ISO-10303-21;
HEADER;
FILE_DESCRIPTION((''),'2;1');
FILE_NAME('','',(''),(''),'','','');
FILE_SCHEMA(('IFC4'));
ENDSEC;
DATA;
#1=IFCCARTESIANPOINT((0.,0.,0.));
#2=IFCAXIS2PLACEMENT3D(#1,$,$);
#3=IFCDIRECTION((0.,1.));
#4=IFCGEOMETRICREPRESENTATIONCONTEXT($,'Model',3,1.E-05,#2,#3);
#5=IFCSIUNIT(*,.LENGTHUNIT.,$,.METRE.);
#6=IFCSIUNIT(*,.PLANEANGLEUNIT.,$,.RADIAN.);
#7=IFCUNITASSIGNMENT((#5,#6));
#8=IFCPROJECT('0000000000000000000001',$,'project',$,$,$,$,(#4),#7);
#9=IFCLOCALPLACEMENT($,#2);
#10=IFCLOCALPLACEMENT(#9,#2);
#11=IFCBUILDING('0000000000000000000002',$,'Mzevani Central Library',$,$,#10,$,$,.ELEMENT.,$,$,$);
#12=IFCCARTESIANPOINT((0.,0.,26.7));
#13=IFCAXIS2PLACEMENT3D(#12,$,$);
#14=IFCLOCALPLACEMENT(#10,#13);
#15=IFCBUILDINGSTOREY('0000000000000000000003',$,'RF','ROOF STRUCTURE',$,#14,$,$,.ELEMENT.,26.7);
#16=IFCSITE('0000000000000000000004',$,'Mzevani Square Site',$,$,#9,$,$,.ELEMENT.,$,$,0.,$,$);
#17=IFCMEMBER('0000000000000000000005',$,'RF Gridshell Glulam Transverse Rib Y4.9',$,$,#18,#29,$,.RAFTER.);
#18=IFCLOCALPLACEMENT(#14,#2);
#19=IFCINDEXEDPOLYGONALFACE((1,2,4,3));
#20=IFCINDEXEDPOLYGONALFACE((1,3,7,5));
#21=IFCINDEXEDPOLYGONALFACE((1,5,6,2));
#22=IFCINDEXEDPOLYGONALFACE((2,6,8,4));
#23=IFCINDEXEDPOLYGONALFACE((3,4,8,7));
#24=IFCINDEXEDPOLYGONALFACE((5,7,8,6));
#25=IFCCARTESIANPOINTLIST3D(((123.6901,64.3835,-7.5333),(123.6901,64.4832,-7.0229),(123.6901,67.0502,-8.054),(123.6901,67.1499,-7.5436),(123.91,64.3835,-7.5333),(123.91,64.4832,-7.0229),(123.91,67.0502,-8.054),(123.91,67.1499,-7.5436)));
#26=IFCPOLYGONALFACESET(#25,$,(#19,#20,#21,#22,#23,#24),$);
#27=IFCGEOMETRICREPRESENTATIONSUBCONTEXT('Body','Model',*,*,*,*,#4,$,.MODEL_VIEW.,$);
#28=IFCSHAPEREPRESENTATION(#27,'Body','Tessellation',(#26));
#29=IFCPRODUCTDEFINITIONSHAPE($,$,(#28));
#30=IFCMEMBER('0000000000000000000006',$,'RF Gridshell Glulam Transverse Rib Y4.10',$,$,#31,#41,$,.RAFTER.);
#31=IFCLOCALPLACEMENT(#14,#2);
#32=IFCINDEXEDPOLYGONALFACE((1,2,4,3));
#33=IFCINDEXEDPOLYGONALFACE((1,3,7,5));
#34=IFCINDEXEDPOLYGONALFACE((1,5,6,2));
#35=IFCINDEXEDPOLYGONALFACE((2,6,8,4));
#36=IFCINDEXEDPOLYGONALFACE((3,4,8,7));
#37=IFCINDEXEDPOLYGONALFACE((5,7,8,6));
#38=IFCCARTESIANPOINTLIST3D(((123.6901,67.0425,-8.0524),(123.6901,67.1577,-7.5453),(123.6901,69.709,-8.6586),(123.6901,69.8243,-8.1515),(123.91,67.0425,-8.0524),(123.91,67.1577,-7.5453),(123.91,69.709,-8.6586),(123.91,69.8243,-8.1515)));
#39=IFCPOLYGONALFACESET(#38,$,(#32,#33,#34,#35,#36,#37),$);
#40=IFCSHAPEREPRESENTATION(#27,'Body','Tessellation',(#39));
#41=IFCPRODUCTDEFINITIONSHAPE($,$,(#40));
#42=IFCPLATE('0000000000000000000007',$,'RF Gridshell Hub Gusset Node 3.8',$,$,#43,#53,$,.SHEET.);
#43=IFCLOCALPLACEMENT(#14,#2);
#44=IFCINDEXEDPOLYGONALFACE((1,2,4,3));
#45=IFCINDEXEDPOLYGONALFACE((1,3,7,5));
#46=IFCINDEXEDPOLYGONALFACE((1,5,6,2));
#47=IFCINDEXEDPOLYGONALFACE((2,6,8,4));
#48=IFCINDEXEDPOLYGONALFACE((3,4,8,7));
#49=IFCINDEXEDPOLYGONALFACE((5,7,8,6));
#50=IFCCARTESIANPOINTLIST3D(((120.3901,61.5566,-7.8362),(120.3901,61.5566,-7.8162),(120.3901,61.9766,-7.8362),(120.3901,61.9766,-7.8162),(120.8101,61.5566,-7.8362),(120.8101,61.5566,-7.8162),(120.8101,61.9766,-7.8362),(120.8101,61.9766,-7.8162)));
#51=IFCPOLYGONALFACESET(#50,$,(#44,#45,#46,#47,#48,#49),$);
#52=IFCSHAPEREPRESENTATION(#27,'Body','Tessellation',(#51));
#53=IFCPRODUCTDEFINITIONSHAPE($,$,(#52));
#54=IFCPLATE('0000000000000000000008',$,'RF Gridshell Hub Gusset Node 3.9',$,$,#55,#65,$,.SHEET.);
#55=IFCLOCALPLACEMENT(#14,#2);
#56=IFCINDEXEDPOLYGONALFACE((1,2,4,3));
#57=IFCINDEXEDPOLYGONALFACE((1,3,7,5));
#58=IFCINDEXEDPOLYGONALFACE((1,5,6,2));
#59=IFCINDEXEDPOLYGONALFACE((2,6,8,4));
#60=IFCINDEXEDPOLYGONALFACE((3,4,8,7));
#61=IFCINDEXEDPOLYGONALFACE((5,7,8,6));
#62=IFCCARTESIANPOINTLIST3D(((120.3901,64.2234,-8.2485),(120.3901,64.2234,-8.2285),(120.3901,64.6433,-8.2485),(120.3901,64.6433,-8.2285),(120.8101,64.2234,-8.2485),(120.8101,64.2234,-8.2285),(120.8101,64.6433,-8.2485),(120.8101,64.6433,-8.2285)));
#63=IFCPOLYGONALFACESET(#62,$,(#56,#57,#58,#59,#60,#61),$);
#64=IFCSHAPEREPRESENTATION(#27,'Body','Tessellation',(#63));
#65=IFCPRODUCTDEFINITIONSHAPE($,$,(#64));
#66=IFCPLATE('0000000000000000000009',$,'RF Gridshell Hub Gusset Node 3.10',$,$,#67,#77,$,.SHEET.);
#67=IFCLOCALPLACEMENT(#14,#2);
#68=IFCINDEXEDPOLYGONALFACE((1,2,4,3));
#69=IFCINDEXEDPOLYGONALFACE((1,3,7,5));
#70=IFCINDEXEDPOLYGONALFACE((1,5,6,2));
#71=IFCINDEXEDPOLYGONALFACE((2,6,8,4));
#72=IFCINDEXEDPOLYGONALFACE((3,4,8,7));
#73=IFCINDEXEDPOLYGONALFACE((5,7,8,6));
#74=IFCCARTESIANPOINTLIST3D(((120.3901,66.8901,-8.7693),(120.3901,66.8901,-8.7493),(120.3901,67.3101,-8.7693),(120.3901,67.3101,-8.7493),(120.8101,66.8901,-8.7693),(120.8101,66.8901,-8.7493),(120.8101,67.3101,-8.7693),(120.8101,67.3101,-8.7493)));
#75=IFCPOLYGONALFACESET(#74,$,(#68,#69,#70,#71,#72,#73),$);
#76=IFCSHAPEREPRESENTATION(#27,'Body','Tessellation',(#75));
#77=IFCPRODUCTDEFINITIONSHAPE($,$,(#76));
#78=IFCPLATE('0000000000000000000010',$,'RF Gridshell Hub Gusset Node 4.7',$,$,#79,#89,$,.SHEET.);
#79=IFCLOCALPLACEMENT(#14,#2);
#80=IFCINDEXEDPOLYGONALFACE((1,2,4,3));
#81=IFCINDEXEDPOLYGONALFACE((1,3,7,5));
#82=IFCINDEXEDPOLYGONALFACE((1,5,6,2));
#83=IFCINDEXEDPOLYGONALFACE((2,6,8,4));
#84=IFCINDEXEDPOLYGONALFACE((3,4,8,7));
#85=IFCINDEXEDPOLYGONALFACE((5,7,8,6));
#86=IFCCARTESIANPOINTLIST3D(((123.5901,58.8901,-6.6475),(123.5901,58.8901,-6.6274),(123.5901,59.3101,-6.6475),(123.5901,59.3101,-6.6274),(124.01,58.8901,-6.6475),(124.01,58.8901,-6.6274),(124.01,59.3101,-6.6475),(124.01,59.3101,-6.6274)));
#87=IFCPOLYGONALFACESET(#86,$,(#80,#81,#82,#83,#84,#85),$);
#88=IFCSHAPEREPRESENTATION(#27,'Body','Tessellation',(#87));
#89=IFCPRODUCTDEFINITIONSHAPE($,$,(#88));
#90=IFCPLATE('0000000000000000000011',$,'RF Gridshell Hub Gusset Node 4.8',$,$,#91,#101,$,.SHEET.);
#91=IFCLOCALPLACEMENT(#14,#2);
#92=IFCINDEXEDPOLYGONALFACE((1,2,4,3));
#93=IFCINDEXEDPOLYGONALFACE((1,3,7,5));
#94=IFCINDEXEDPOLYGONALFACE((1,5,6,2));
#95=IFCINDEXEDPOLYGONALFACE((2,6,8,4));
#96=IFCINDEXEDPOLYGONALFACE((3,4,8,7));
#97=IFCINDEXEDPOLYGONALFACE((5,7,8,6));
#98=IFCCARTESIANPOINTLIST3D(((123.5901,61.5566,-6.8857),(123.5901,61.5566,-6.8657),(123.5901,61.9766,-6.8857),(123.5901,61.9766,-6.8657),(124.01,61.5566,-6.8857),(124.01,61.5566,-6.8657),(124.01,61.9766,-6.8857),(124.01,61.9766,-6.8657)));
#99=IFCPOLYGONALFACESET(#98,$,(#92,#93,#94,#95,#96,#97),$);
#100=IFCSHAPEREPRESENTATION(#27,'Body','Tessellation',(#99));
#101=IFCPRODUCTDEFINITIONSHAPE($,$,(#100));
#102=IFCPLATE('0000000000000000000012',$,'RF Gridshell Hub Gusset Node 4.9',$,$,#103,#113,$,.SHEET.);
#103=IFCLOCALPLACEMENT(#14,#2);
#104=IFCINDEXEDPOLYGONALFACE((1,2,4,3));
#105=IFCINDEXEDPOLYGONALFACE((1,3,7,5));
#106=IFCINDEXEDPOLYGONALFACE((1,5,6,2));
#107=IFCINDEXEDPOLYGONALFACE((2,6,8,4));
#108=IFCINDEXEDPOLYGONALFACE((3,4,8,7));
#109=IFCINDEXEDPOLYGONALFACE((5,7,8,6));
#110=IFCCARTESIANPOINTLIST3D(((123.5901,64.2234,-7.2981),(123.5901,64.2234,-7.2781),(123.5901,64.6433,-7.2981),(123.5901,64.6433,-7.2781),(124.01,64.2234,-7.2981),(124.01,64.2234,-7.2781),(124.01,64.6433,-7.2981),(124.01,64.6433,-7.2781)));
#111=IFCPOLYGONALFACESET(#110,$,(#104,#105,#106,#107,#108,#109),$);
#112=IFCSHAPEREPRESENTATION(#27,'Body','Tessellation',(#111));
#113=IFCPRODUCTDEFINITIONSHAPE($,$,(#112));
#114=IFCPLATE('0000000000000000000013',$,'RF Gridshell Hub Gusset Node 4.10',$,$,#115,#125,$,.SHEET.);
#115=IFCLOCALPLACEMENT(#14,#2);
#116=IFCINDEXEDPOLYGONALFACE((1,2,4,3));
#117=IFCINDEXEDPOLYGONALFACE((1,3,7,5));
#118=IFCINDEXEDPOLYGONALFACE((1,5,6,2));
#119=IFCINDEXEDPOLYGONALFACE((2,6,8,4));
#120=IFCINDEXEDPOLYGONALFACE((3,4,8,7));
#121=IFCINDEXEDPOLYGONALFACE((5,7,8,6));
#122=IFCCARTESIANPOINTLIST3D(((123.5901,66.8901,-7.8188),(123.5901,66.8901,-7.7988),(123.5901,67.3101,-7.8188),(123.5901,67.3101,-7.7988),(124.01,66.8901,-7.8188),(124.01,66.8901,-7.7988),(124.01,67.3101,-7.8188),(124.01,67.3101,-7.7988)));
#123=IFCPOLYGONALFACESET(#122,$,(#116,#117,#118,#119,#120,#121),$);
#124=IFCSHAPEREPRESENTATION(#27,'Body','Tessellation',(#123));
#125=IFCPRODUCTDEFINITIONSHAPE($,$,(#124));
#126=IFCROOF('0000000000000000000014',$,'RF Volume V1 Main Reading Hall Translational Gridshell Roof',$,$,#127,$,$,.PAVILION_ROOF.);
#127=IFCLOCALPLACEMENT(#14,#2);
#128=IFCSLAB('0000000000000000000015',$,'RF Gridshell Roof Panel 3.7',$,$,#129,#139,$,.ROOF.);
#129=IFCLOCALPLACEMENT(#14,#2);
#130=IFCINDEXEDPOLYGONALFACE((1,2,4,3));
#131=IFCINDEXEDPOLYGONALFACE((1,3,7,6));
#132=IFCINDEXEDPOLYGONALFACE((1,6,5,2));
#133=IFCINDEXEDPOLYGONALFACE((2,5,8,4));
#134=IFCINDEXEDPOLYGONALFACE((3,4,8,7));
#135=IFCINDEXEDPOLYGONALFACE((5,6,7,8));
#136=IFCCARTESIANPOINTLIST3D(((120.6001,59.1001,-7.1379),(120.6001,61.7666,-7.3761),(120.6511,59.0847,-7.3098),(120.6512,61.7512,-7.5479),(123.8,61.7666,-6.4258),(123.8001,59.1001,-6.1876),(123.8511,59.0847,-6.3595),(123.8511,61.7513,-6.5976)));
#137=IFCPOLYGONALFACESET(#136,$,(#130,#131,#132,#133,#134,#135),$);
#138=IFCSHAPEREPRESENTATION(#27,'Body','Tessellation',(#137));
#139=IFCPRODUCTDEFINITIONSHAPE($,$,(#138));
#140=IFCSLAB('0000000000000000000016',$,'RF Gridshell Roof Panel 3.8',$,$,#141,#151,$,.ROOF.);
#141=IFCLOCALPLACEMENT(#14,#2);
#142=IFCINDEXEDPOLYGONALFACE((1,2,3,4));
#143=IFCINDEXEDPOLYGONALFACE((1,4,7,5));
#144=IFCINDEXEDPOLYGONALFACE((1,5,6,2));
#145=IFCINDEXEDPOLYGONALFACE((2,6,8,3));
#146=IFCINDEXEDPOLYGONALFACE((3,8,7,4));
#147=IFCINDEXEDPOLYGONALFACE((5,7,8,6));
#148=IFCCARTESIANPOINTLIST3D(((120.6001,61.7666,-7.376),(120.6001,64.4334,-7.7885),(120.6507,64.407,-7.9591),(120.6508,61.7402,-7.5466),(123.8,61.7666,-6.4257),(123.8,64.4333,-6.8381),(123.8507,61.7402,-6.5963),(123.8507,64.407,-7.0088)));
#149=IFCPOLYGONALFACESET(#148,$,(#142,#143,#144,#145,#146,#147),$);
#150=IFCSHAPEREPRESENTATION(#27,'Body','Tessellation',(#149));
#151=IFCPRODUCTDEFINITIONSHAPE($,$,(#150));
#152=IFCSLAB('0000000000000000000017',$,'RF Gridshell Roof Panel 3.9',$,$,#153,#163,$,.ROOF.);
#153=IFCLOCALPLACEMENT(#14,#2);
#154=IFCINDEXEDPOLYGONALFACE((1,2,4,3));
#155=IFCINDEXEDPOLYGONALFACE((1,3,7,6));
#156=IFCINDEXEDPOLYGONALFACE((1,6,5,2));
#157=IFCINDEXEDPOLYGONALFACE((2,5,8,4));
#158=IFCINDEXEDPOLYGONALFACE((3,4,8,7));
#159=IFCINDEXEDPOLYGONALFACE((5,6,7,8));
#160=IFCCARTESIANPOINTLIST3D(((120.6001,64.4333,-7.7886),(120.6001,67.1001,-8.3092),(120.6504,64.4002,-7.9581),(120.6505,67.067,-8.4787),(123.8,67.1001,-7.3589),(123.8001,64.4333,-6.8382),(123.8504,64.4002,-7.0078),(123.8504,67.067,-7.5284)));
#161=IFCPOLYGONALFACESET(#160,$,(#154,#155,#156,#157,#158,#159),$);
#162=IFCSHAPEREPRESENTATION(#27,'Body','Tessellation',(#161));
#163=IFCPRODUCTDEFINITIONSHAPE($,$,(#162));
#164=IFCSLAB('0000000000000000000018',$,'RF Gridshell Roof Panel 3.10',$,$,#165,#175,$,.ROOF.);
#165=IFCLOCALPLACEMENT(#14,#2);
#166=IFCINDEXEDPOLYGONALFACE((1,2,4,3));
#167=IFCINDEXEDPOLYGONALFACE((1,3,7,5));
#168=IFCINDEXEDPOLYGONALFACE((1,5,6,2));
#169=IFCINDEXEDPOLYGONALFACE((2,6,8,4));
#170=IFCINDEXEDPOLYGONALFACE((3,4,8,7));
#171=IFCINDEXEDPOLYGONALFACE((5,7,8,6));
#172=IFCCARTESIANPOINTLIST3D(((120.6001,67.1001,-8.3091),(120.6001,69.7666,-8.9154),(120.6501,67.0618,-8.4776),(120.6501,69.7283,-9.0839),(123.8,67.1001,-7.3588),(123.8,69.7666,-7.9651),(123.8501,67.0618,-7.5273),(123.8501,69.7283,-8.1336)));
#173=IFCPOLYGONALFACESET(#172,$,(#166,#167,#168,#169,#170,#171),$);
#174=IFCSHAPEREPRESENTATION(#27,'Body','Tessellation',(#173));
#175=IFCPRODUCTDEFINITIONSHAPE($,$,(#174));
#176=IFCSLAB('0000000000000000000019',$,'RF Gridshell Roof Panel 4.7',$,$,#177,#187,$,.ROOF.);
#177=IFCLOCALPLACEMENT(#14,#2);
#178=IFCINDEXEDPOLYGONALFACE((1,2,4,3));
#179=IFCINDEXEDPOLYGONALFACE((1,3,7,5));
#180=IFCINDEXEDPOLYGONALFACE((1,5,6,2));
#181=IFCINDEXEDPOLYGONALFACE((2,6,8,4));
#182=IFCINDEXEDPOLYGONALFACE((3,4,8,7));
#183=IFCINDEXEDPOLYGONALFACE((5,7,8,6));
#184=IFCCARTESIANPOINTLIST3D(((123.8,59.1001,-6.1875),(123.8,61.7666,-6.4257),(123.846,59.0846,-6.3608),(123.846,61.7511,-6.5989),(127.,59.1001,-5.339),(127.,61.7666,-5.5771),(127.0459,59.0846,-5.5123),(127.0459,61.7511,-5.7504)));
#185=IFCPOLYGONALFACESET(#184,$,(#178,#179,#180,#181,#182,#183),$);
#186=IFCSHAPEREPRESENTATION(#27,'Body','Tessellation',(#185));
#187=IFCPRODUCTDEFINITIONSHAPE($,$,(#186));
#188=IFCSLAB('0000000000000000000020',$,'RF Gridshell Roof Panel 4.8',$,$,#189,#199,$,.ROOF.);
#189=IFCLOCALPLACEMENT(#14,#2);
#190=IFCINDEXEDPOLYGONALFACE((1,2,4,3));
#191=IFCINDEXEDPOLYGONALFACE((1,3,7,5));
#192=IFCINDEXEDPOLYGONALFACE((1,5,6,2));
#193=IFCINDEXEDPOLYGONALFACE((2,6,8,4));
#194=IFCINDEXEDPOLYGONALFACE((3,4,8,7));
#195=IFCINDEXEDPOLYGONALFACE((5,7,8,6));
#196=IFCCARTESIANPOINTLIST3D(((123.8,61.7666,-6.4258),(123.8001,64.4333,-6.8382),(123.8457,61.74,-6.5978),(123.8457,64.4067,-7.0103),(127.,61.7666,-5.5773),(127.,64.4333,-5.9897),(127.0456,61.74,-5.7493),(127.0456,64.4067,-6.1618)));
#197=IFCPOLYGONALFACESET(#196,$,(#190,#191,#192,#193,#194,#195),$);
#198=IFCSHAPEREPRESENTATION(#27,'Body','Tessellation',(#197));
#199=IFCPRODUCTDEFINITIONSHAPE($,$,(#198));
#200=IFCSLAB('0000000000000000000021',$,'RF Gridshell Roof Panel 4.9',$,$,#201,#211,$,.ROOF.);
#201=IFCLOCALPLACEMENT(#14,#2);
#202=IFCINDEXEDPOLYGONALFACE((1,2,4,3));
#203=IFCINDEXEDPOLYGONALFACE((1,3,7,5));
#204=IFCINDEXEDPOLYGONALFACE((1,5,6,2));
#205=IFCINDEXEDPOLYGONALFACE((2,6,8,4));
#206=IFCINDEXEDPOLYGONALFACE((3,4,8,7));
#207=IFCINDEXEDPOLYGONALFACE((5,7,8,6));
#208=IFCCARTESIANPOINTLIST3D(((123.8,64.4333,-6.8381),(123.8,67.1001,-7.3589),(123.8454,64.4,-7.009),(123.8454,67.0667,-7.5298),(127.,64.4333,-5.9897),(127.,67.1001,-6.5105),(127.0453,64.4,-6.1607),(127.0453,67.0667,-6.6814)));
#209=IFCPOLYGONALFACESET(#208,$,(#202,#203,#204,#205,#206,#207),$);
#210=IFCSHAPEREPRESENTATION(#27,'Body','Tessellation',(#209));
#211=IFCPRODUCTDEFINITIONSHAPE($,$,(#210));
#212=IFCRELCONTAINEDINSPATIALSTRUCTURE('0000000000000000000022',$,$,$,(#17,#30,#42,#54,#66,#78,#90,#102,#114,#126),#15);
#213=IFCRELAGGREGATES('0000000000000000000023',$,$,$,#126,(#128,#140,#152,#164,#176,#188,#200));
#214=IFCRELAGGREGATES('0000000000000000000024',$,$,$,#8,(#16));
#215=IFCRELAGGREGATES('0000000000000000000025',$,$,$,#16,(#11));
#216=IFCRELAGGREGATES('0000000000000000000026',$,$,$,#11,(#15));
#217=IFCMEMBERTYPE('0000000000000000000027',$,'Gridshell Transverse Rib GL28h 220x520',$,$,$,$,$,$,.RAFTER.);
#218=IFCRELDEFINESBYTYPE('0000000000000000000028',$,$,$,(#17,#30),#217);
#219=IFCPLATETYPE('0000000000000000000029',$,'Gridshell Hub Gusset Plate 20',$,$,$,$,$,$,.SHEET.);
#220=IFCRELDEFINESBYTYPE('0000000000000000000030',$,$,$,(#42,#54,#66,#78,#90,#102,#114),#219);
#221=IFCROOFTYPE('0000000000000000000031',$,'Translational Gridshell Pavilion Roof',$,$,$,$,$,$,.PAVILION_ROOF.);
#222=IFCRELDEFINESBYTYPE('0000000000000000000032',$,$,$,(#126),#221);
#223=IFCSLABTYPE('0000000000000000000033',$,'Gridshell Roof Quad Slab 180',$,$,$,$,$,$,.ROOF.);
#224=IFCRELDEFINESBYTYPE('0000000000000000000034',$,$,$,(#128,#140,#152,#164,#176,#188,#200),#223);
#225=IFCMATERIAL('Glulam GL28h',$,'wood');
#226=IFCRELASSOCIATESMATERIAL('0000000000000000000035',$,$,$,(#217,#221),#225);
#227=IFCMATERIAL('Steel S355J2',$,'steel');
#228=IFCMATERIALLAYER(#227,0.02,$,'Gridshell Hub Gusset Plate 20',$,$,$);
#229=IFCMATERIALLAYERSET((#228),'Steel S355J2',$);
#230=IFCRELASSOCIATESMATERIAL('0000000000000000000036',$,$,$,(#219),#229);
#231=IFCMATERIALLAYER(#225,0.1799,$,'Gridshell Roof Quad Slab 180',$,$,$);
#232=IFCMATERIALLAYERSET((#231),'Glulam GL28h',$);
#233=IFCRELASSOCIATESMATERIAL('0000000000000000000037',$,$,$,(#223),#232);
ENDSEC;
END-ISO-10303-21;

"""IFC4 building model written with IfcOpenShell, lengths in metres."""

from ifc_helpers import new_model, si_unit, direction, frame, origin, origin_2d, place, context, subcontext, project, spatial, polyline, rectangle, outline, extrude, material, layer, layer_set, material_profile, profile_set, type_object, element, aggregate, save


model = new_model("IFC4")

# Units and contexts
model_context = context("Model", 3, precision=1e-05, world=origin(), true_north=direction((0.0, 1.0)))
body_context = subcontext(model_context, "Body", "Model", "MODEL_VIEW")
ifc_project = project(units=[si_unit("LENGTHUNIT", "METRE"), si_unit("PLANEANGLEUNIT", "RADIAN")], contexts=[model_context])

# Site, building, storey
site_placement = place(None, origin())
site = spatial("IfcSite", under=ifc_project, at=site_placement, Name="Mzevani Square Site", CompositionType="ELEMENT", RefElevation=0.0)
building_placement = place(site_placement, origin())
building = spatial("IfcBuilding", under=site, at=building_placement, Name="Mzevani Central Library", CompositionType="ELEMENT")
storey_placement = place(building_placement, frame((0.0, 0.0, 26.7)))
storey = spatial("IfcBuildingStorey", under=building, at=storey_placement, Name="RF", Description="ROOF STRUCTURE", CompositionType="ELEMENT", Elevation=26.7)

# Members
ifc_material_1 = material(Name="Steel S355J2", Category="steel")
ifc_material_2 = material(Name="Glulam GL28h", Category="wood")
ifc_material_profile_1 = material_profile(ifc_material_2, rectangle(XDim=0.22, YDim=0.52, at=origin_2d()), Name="GL28h 220x520")
ifc_profile_set_1 = profile_set([ifc_material_profile_1], Name="Glulam GL28h")
member_type_1 = type_object("IfcMemberType", Name="Gridshell Transverse Rib GL28h 220x520", PredefinedType="RAFTER", material=ifc_profile_set_1)
member_1_placement = place(storey_placement, frame((123.8, 64.4333, -7.2781), z_axis=(0.0, 0.981462, -0.191656), x_axis=(-1.0, 0.0, 0.0)))
element("IfcMember", 1, at=member_1_placement, inside=storey, type_object=member_type_1, Name="RF Gridshell Glulam Transverse Rib Y4.9", PredefinedType="RAFTER", context=body_context, shape_type="SweptSolid", body=[
    extrude(rectangle(XDim=0.22, YDim=0.52, at=origin_2d()), origin(), (0.0, 0.0, 1.0), 2.717),
])
member_2_placement = place(storey_placement, frame((123.8, 67.1001, -7.7988), z_axis=(0.0, 0.975119, -0.221683), x_axis=(-1.0, 0.0, 0.0)))
element("IfcMember", 2, at=member_2_placement, inside=storey, type_object=member_type_1, Name="RF Gridshell Glulam Transverse Rib Y4.10", PredefinedType="RAFTER", context=body_context, shape_type="SweptSolid", body=[
    extrude(rectangle(XDim=0.22, YDim=0.52, at=origin_2d()), origin(), (0.0, 0.0, 1.0), 2.7346),
])

# Plates
ifc_layer_1 = layer(ifc_material_1, 0.02, Name="Gridshell Hub Gusset Plate 20")
ifc_layer_set_1 = layer_set([ifc_layer_1], Name="Steel S355J2")
plate_type = type_object("IfcPlateType", Name="Gridshell Hub Gusset Plate 20", PredefinedType="SHEET", material=ifc_layer_set_1)
for number, where, z_axis, x_axis, name in (
    (3, (120.6001, 61.7666, -7.8362), (0.0, 0.0, 1.0), (1.0, 0.0, 0.0), "RF Gridshell Hub Gusset Node 3.8"),
    (4, (120.6001, 64.4333, -8.2485), (0.0, 0.0, 1.0), (1.0, 0.0, 0.0), "RF Gridshell Hub Gusset Node 3.9"),
    (5, (120.6001, 67.1001, -8.7693), (0.0, 0.0, 1.0), (1.0, 0.0, 0.0), "RF Gridshell Hub Gusset Node 3.10"),
    (6, (123.8, 59.1001, -6.6475), (0.0, 0.0, 1.0), (1.0, 0.0, 0.0), "RF Gridshell Hub Gusset Node 4.7"),
    (7, (123.8, 61.7666, -6.8857), (0.0, 0.0, 1.0), (1.0, 0.0, 0.0), "RF Gridshell Hub Gusset Node 4.8"),
    (8, (123.8, 64.4333, -7.2981), (0.0, 0.0, 1.0), (1.0, 0.0, 0.0), "RF Gridshell Hub Gusset Node 4.9"),
    (9, (123.8, 67.1001, -7.8188), (0.0, 0.0, 1.0), (1.0, 0.0, 0.0), "RF Gridshell Hub Gusset Node 4.10"),
):
    element("IfcPlate", number, at=place(storey_placement, frame(where, z_axis=z_axis, x_axis=x_axis)), inside=storey, type_object=plate_type, Name=name, PredefinedType="SHEET", context=body_context, shape_type="SweptSolid", body=[
        extrude(rectangle(XDim=0.4199, YDim=0.4199, at=origin_2d()), origin(), (0.0, 0.0, 1.0), 0.02),
    ])

# Roof, slabs
roof_type = type_object("IfcRoofType", Name="Translational Gridshell Pavilion Roof", PredefinedType="PAVILION_ROOF", material=ifc_material_2)
roof_placement = place(storey_placement, origin())
roof = element("IfcRoof", 10, at=roof_placement, inside=storey, type_object=roof_type, Name="RF Volume V1 Main Reading Hall Translational Gridshell Roof", PredefinedType="PAVILION_ROOF")
ifc_layer_2 = layer(ifc_material_2, 0.1799, Name="Gridshell Roof Quad Slab 180")
ifc_layer_set_2 = layer_set([ifc_layer_2], Name="Glulam GL28h")
slab_type = type_object("IfcSlabType", Name="Gridshell Roof Quad Slab 180", PredefinedType="ROOF", material=ifc_layer_set_2)
slab_1_placement = place(storey_placement, frame((120.6001, 59.1001, -7.1379), z_axis=(-0.283652, 0.085307, 0.955125), x_axis=(0.95862, -0.000003, 0.28469)))
slab_1 = element("IfcSlab", 11, at=slab_1_placement, type_object=slab_type, Name="RF Gridshell Roof Panel 3.7", PredefinedType="ROOF", context=body_context, shape_type="SweptSolid", body=[
    extrude(outline(polyline([(0.0, 0.0), (3.3381, 0.0), (3.2703, 2.6763), (-0.0678, 2.6762), (0.0, 0.0)])), origin(), (0.0, 0.0, -1.0), 0.1799),
])
slab_2_placement = place(storey_placement, frame((120.6001, 61.7666, -7.376), z_axis=(-0.281611, 0.14667, 0.948253), x_axis=(0.95862, 0.000005, 0.284689)))
slab_2 = element("IfcSlab", 12, at=slab_2_placement, type_object=slab_type, Name="RF Gridshell Roof Panel 3.8", PredefinedType="ROOF", context=body_context, shape_type="SweptSolid", body=[
    extrude(outline(polyline([(0.0, 0.0), (3.338, 0.0), (3.2207, 2.6959), (-0.1174, 2.6959), (0.0, 0.0)])), origin(), (0.0, 0.0, -1.0), 0.1799),
])
slab_3_placement = place(storey_placement, frame((120.6001, 64.4333, -7.7886), z_axis=(-0.279831, 0.183958, 0.94226), x_axis=(0.958619, -0.000006, 0.284691)))
slab_3 = element("IfcSlab", 13, at=slab_3_placement, type_object=slab_type, Name="RF Gridshell Roof Panel 3.9", PredefinedType="ROOF", context=body_context, shape_type="SweptSolid", body=[
    extrude(outline(polyline([(0.0, 0.0), (3.3381, 0.0), (3.1898, 2.7131), (-0.1482, 2.713), (0.0, 0.0)])), origin(), (0.0, 0.0, -1.0), 0.1799),
])
slab_4_placement = place(storey_placement, frame((120.6001, 67.1001, -8.3091), z_axis=(-0.278158, 0.212975, 0.936627), x_axis=(0.95862, 0.000007, 0.284688)))
slab_4 = element("IfcSlab", 14, at=slab_4_placement, type_object=slab_type, Name="RF Gridshell Roof Panel 3.10", PredefinedType="ROOF", context=body_context, shape_type="SweptSolid", body=[
    extrude(outline(polyline([(0.0, 0.0), (3.338, 0.0), (3.1655, 2.7291), (-0.1726, 2.7291), (0.0, 0.0)])), origin(), (0.0, 0.0, -1.0), 0.1799),
])
slab_5_placement = place(storey_placement, frame((123.8, 59.1001, -6.1875), z_axis=(-0.255356, 0.086012, 0.963014), x_axis=(0.966596, 0.000003, 0.256306)))
slab_5 = element("IfcSlab", 15, at=slab_5_placement, type_object=slab_type, Name="RF Gridshell Roof Panel 4.7", PredefinedType="ROOF", context=body_context, shape_type="SweptSolid", body=[
    extrude(outline(polyline([(0.0, 0.0), (3.3105, 0.0), (3.2495, 2.6764), (-0.0611, 2.6764), (0.0, 0.0)])), origin(), (0.0, 0.0, -1.0), 0.1799),
])
slab_6_placement = place(storey_placement, frame((123.8, 61.7666, -6.4258), z_axis=(-0.253489, 0.147863, 0.955971), x_axis=(0.966595, -0.000005, 0.256307)))
slab_6 = element("IfcSlab", 16, at=slab_6_placement, type_object=slab_type, Name="RF Gridshell Roof Panel 4.8", PredefinedType="ROOF", context=body_context, shape_type="SweptSolid", body=[
    extrude(outline(polyline([(0.0, 0.0), (3.3106, 0.0), (3.2048, 2.6964), (-0.1057, 2.6964), (0.0, 0.0)])), origin(), (0.0, 0.0, -1.0), 0.1799),
])
slab_7_placement = place(storey_placement, frame((123.8, 64.4333, -6.8381), z_axis=(-0.251825, 0.185479, 0.949832), x_axis=(0.966605, 0.0, 0.256272)))
slab_7 = element("IfcSlab", 17, at=slab_7_placement, type_object=slab_type, Name="RF Gridshell Roof Panel 4.9", PredefinedType="ROOF", context=body_context, shape_type="SweptSolid", body=[
    extrude(outline(polyline([(0.0, 0.0), (3.3105, 0.0), (3.1771, 2.7138), (-0.1335, 2.7138), (0.0, 0.0)])), origin(), (0.0, 0.0, -1.0), 0.1799),
])
aggregate(roof, [slab_1, slab_2, slab_3, slab_4, slab_5, slab_6, slab_7])

save(model, "model.ifc")
